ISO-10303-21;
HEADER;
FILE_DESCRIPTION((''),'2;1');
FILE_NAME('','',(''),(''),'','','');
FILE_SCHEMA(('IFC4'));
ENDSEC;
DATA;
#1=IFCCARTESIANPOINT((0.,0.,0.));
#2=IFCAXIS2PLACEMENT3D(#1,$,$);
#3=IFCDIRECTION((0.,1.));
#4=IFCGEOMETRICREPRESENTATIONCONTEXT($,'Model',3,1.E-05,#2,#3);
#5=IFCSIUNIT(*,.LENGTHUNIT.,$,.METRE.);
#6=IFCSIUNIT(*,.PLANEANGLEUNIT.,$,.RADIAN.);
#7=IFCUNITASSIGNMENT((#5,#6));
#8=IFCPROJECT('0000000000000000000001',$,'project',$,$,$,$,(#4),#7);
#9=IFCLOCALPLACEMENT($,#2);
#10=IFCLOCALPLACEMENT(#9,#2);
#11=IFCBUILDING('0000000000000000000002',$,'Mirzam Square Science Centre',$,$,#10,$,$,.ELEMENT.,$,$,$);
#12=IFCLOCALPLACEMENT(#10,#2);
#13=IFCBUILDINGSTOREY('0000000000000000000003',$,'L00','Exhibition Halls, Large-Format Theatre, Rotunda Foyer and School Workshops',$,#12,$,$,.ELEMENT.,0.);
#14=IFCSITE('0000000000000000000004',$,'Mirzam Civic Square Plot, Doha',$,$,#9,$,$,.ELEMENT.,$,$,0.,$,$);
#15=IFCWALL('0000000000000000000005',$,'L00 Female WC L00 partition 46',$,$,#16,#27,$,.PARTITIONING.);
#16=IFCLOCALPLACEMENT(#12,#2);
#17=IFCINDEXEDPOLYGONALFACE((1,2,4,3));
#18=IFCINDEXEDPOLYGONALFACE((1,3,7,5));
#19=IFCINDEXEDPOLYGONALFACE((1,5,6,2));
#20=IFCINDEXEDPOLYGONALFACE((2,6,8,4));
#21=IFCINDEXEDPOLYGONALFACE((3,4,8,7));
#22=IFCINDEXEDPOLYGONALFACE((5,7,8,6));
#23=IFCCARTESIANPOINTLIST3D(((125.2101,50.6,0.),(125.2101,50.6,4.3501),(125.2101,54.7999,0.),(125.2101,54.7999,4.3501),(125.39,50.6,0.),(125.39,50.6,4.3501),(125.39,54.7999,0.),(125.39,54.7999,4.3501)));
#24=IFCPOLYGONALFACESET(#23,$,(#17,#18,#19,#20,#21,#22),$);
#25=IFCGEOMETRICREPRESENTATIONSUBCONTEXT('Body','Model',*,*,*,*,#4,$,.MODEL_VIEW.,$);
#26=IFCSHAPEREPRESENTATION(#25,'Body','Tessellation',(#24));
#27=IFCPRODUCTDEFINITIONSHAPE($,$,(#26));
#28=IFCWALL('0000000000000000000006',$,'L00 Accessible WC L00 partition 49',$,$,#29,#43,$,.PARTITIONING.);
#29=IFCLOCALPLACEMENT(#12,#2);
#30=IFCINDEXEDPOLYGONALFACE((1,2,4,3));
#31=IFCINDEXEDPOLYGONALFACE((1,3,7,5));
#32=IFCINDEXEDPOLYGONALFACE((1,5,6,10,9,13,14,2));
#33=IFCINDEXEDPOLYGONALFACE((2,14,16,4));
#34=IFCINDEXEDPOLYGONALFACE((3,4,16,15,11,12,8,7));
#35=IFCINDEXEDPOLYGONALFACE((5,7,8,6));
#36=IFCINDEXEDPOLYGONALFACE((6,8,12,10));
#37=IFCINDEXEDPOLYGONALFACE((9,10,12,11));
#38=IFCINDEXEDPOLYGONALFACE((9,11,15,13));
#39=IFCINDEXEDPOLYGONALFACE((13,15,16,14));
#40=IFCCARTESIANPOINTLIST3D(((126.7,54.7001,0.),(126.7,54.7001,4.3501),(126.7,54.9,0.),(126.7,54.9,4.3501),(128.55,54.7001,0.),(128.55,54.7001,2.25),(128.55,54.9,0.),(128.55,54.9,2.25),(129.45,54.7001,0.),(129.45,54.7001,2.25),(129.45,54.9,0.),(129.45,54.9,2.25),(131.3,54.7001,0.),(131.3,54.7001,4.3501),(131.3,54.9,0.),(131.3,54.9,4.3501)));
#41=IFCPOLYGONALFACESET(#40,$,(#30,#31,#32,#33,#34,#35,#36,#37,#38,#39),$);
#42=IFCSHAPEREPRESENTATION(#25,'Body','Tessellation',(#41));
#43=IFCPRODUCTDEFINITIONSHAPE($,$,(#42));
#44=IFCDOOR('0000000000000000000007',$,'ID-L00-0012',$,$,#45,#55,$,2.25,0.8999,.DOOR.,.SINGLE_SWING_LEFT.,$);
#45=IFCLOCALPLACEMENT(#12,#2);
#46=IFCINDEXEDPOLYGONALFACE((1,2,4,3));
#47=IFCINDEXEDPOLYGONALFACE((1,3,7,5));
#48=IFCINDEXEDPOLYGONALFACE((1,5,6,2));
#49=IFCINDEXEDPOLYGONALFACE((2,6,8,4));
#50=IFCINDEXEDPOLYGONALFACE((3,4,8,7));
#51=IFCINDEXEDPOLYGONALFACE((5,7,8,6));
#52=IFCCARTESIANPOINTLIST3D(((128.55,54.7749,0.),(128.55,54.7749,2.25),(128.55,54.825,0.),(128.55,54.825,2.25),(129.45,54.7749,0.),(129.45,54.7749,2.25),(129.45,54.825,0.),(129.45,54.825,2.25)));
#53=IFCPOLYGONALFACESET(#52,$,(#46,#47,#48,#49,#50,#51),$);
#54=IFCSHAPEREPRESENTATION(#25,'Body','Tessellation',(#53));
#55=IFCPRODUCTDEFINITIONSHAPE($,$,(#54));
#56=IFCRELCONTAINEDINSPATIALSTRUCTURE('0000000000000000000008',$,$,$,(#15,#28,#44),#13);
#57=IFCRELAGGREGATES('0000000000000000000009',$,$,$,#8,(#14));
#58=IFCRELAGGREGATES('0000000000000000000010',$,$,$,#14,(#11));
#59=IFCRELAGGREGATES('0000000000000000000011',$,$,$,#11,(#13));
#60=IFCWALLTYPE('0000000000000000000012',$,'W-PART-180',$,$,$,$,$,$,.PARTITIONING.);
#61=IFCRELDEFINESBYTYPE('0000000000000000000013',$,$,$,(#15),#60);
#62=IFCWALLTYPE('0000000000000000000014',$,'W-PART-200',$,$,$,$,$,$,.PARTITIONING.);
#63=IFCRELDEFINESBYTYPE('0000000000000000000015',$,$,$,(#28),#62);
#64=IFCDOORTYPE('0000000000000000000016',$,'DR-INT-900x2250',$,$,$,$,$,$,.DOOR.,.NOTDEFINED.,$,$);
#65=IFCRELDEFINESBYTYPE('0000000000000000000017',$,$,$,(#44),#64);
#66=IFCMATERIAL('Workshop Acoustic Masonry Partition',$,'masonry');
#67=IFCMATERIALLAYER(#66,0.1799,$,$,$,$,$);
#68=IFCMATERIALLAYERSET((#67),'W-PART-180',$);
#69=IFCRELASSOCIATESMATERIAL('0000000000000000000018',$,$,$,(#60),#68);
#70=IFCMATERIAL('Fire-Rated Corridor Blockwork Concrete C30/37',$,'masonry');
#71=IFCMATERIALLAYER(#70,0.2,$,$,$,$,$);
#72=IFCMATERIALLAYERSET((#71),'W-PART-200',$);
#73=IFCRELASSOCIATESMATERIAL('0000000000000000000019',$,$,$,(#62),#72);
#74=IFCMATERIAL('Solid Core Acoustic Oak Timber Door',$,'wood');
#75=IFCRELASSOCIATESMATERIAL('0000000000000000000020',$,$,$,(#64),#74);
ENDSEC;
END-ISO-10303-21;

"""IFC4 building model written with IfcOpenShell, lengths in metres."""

from ifc_helpers import new_model, si_unit, direction, frame, frame_2d, origin, place, context, subcontext, project, spatial, rectangle, extrude, material, layer, layer_set, type_object, element, fill, save


model = new_model("IFC4")

# Units and contexts
model_context = context("Model", 3, precision=1e-05, world=origin(), true_north=direction((0.0, 1.0)))
body_context = subcontext(model_context, "Body", "Model", "MODEL_VIEW")
ifc_project = project(units=[si_unit("LENGTHUNIT", "METRE"), si_unit("PLANEANGLEUNIT", "RADIAN")], contexts=[model_context])

# Site, building, storey
site_placement = place(None, origin())
site = spatial("IfcSite", under=ifc_project, at=site_placement, Name="Mirzam Civic Square Plot, Doha", CompositionType="ELEMENT", RefElevation=0.0)
building_placement = place(site_placement, origin())
building = spatial("IfcBuilding", under=site, at=building_placement, Name="Mirzam Square Science Centre", CompositionType="ELEMENT")
storey_placement = place(building_placement, origin())
storey = spatial("IfcBuildingStorey", under=building, at=storey_placement, Name="L00", Description="Exhibition Halls, Large-Format Theatre, Rotunda Foyer and School Workshops", CompositionType="ELEMENT", Elevation=0.0)

# Shared definitions
ifc_material_1 = material(Name="Workshop Acoustic Masonry Partition", Category="masonry")
ifc_layer_1 = layer(ifc_material_1, 0.1799)
ifc_layer_set_1 = layer_set([ifc_layer_1], Name="W-PART-180")
wall_type_1 = type_object("IfcWallType", Name="W-PART-180", PredefinedType="PARTITIONING", material=ifc_layer_set_1)

# Wall
wall_1_placement = place(storey_placement, frame((125.3, 54.8, 0.0), z_axis=(0.0, 0.0, 1.0), x_axis=(0.0, -1.0, 0.0)))
element("IfcWall", 1, at=wall_1_placement, inside=storey, type_object=wall_type_1, Name="L00 Female WC L00 partition 46", PredefinedType="PARTITIONING", context=body_context, shape_type="SweptSolid", body=[
    extrude(rectangle(XDim=4.2, YDim=0.1799, at=frame_2d((2.1001, 0.0))), origin(), (0.0, 0.0, 1.0), 4.3501),
])

# Wall, opening, door
ifc_material_2 = material(Name="Fire-Rated Corridor Blockwork Concrete C30/37", Category="masonry")
ifc_layer_2 = layer(ifc_material_2, 0.2)
ifc_layer_set_2 = layer_set([ifc_layer_2], Name="W-PART-200")
wall_type_2 = type_object("IfcWallType", Name="W-PART-200", PredefinedType="PARTITIONING", material=ifc_layer_set_2)
wall_2_placement = place(storey_placement, frame((126.7, 54.8, 0.0), z_axis=(0.0, 0.0, 1.0), x_axis=(1.0, 0.0, 0.0)))
wall_2 = element("IfcWall", 2, at=wall_2_placement, inside=storey, type_object=wall_type_2, Name="L00 Accessible WC L00 partition 49", PredefinedType="PARTITIONING", context=body_context, shape_type="SweptSolid", body=[
    extrude(rectangle(XDim=4.6001, YDim=0.2, at=frame_2d((2.3, 0.0))), origin(), (0.0, 0.0, 1.0), 4.3501),
])
opening_1_placement = place(wall_2_placement, frame((1.8501, 0.0, 0.0)))
opening_1 = element("IfcOpeningElement", 3, at=opening_1_placement, cuts=wall_2, PredefinedType="OPENING", context=body_context, shape_type="SweptSolid", body=[
    extrude(rectangle(XDim=0.8999, YDim=2.25, at=frame_2d((0.45, 1.125))), frame((0.0, 0.1099, 0.0), z_axis=(0.0, -1.0, 0.0), x_axis=(1.0, 0.0, 0.0)), (0.0, 0.0, 1.0), 0.22),
])
ifc_material_3 = material(Name="Solid Core Acoustic Oak Timber Door", Category="wood")
door_type_1 = type_object("IfcDoorType", Name="DR-INT-900x2250", OperationType="NOTDEFINED", PredefinedType="DOOR", material=ifc_material_3)
door_1_placement = place(opening_1_placement, origin())
door_1 = element("IfcDoor", 4, at=door_1_placement, inside=storey, type_object=door_type_1, Name="ID-L00-0012", OperationType="SINGLE_SWING_LEFT", OverallHeight=2.25, OverallWidth=0.8999, PredefinedType="DOOR", context=body_context, shape_type="SweptSolid", body=[
    extrude(rectangle(XDim=0.8999, YDim=2.25, at=frame_2d((0.45, 1.125))), frame((0.0, 0.0249, 0.0), z_axis=(0.0, -1.0, 0.0), x_axis=(1.0, 0.0, 0.0)), (0.0, 0.0, 1.0), 0.05),
])
fill(opening_1, door_1)

save(model, "model.ifc")
